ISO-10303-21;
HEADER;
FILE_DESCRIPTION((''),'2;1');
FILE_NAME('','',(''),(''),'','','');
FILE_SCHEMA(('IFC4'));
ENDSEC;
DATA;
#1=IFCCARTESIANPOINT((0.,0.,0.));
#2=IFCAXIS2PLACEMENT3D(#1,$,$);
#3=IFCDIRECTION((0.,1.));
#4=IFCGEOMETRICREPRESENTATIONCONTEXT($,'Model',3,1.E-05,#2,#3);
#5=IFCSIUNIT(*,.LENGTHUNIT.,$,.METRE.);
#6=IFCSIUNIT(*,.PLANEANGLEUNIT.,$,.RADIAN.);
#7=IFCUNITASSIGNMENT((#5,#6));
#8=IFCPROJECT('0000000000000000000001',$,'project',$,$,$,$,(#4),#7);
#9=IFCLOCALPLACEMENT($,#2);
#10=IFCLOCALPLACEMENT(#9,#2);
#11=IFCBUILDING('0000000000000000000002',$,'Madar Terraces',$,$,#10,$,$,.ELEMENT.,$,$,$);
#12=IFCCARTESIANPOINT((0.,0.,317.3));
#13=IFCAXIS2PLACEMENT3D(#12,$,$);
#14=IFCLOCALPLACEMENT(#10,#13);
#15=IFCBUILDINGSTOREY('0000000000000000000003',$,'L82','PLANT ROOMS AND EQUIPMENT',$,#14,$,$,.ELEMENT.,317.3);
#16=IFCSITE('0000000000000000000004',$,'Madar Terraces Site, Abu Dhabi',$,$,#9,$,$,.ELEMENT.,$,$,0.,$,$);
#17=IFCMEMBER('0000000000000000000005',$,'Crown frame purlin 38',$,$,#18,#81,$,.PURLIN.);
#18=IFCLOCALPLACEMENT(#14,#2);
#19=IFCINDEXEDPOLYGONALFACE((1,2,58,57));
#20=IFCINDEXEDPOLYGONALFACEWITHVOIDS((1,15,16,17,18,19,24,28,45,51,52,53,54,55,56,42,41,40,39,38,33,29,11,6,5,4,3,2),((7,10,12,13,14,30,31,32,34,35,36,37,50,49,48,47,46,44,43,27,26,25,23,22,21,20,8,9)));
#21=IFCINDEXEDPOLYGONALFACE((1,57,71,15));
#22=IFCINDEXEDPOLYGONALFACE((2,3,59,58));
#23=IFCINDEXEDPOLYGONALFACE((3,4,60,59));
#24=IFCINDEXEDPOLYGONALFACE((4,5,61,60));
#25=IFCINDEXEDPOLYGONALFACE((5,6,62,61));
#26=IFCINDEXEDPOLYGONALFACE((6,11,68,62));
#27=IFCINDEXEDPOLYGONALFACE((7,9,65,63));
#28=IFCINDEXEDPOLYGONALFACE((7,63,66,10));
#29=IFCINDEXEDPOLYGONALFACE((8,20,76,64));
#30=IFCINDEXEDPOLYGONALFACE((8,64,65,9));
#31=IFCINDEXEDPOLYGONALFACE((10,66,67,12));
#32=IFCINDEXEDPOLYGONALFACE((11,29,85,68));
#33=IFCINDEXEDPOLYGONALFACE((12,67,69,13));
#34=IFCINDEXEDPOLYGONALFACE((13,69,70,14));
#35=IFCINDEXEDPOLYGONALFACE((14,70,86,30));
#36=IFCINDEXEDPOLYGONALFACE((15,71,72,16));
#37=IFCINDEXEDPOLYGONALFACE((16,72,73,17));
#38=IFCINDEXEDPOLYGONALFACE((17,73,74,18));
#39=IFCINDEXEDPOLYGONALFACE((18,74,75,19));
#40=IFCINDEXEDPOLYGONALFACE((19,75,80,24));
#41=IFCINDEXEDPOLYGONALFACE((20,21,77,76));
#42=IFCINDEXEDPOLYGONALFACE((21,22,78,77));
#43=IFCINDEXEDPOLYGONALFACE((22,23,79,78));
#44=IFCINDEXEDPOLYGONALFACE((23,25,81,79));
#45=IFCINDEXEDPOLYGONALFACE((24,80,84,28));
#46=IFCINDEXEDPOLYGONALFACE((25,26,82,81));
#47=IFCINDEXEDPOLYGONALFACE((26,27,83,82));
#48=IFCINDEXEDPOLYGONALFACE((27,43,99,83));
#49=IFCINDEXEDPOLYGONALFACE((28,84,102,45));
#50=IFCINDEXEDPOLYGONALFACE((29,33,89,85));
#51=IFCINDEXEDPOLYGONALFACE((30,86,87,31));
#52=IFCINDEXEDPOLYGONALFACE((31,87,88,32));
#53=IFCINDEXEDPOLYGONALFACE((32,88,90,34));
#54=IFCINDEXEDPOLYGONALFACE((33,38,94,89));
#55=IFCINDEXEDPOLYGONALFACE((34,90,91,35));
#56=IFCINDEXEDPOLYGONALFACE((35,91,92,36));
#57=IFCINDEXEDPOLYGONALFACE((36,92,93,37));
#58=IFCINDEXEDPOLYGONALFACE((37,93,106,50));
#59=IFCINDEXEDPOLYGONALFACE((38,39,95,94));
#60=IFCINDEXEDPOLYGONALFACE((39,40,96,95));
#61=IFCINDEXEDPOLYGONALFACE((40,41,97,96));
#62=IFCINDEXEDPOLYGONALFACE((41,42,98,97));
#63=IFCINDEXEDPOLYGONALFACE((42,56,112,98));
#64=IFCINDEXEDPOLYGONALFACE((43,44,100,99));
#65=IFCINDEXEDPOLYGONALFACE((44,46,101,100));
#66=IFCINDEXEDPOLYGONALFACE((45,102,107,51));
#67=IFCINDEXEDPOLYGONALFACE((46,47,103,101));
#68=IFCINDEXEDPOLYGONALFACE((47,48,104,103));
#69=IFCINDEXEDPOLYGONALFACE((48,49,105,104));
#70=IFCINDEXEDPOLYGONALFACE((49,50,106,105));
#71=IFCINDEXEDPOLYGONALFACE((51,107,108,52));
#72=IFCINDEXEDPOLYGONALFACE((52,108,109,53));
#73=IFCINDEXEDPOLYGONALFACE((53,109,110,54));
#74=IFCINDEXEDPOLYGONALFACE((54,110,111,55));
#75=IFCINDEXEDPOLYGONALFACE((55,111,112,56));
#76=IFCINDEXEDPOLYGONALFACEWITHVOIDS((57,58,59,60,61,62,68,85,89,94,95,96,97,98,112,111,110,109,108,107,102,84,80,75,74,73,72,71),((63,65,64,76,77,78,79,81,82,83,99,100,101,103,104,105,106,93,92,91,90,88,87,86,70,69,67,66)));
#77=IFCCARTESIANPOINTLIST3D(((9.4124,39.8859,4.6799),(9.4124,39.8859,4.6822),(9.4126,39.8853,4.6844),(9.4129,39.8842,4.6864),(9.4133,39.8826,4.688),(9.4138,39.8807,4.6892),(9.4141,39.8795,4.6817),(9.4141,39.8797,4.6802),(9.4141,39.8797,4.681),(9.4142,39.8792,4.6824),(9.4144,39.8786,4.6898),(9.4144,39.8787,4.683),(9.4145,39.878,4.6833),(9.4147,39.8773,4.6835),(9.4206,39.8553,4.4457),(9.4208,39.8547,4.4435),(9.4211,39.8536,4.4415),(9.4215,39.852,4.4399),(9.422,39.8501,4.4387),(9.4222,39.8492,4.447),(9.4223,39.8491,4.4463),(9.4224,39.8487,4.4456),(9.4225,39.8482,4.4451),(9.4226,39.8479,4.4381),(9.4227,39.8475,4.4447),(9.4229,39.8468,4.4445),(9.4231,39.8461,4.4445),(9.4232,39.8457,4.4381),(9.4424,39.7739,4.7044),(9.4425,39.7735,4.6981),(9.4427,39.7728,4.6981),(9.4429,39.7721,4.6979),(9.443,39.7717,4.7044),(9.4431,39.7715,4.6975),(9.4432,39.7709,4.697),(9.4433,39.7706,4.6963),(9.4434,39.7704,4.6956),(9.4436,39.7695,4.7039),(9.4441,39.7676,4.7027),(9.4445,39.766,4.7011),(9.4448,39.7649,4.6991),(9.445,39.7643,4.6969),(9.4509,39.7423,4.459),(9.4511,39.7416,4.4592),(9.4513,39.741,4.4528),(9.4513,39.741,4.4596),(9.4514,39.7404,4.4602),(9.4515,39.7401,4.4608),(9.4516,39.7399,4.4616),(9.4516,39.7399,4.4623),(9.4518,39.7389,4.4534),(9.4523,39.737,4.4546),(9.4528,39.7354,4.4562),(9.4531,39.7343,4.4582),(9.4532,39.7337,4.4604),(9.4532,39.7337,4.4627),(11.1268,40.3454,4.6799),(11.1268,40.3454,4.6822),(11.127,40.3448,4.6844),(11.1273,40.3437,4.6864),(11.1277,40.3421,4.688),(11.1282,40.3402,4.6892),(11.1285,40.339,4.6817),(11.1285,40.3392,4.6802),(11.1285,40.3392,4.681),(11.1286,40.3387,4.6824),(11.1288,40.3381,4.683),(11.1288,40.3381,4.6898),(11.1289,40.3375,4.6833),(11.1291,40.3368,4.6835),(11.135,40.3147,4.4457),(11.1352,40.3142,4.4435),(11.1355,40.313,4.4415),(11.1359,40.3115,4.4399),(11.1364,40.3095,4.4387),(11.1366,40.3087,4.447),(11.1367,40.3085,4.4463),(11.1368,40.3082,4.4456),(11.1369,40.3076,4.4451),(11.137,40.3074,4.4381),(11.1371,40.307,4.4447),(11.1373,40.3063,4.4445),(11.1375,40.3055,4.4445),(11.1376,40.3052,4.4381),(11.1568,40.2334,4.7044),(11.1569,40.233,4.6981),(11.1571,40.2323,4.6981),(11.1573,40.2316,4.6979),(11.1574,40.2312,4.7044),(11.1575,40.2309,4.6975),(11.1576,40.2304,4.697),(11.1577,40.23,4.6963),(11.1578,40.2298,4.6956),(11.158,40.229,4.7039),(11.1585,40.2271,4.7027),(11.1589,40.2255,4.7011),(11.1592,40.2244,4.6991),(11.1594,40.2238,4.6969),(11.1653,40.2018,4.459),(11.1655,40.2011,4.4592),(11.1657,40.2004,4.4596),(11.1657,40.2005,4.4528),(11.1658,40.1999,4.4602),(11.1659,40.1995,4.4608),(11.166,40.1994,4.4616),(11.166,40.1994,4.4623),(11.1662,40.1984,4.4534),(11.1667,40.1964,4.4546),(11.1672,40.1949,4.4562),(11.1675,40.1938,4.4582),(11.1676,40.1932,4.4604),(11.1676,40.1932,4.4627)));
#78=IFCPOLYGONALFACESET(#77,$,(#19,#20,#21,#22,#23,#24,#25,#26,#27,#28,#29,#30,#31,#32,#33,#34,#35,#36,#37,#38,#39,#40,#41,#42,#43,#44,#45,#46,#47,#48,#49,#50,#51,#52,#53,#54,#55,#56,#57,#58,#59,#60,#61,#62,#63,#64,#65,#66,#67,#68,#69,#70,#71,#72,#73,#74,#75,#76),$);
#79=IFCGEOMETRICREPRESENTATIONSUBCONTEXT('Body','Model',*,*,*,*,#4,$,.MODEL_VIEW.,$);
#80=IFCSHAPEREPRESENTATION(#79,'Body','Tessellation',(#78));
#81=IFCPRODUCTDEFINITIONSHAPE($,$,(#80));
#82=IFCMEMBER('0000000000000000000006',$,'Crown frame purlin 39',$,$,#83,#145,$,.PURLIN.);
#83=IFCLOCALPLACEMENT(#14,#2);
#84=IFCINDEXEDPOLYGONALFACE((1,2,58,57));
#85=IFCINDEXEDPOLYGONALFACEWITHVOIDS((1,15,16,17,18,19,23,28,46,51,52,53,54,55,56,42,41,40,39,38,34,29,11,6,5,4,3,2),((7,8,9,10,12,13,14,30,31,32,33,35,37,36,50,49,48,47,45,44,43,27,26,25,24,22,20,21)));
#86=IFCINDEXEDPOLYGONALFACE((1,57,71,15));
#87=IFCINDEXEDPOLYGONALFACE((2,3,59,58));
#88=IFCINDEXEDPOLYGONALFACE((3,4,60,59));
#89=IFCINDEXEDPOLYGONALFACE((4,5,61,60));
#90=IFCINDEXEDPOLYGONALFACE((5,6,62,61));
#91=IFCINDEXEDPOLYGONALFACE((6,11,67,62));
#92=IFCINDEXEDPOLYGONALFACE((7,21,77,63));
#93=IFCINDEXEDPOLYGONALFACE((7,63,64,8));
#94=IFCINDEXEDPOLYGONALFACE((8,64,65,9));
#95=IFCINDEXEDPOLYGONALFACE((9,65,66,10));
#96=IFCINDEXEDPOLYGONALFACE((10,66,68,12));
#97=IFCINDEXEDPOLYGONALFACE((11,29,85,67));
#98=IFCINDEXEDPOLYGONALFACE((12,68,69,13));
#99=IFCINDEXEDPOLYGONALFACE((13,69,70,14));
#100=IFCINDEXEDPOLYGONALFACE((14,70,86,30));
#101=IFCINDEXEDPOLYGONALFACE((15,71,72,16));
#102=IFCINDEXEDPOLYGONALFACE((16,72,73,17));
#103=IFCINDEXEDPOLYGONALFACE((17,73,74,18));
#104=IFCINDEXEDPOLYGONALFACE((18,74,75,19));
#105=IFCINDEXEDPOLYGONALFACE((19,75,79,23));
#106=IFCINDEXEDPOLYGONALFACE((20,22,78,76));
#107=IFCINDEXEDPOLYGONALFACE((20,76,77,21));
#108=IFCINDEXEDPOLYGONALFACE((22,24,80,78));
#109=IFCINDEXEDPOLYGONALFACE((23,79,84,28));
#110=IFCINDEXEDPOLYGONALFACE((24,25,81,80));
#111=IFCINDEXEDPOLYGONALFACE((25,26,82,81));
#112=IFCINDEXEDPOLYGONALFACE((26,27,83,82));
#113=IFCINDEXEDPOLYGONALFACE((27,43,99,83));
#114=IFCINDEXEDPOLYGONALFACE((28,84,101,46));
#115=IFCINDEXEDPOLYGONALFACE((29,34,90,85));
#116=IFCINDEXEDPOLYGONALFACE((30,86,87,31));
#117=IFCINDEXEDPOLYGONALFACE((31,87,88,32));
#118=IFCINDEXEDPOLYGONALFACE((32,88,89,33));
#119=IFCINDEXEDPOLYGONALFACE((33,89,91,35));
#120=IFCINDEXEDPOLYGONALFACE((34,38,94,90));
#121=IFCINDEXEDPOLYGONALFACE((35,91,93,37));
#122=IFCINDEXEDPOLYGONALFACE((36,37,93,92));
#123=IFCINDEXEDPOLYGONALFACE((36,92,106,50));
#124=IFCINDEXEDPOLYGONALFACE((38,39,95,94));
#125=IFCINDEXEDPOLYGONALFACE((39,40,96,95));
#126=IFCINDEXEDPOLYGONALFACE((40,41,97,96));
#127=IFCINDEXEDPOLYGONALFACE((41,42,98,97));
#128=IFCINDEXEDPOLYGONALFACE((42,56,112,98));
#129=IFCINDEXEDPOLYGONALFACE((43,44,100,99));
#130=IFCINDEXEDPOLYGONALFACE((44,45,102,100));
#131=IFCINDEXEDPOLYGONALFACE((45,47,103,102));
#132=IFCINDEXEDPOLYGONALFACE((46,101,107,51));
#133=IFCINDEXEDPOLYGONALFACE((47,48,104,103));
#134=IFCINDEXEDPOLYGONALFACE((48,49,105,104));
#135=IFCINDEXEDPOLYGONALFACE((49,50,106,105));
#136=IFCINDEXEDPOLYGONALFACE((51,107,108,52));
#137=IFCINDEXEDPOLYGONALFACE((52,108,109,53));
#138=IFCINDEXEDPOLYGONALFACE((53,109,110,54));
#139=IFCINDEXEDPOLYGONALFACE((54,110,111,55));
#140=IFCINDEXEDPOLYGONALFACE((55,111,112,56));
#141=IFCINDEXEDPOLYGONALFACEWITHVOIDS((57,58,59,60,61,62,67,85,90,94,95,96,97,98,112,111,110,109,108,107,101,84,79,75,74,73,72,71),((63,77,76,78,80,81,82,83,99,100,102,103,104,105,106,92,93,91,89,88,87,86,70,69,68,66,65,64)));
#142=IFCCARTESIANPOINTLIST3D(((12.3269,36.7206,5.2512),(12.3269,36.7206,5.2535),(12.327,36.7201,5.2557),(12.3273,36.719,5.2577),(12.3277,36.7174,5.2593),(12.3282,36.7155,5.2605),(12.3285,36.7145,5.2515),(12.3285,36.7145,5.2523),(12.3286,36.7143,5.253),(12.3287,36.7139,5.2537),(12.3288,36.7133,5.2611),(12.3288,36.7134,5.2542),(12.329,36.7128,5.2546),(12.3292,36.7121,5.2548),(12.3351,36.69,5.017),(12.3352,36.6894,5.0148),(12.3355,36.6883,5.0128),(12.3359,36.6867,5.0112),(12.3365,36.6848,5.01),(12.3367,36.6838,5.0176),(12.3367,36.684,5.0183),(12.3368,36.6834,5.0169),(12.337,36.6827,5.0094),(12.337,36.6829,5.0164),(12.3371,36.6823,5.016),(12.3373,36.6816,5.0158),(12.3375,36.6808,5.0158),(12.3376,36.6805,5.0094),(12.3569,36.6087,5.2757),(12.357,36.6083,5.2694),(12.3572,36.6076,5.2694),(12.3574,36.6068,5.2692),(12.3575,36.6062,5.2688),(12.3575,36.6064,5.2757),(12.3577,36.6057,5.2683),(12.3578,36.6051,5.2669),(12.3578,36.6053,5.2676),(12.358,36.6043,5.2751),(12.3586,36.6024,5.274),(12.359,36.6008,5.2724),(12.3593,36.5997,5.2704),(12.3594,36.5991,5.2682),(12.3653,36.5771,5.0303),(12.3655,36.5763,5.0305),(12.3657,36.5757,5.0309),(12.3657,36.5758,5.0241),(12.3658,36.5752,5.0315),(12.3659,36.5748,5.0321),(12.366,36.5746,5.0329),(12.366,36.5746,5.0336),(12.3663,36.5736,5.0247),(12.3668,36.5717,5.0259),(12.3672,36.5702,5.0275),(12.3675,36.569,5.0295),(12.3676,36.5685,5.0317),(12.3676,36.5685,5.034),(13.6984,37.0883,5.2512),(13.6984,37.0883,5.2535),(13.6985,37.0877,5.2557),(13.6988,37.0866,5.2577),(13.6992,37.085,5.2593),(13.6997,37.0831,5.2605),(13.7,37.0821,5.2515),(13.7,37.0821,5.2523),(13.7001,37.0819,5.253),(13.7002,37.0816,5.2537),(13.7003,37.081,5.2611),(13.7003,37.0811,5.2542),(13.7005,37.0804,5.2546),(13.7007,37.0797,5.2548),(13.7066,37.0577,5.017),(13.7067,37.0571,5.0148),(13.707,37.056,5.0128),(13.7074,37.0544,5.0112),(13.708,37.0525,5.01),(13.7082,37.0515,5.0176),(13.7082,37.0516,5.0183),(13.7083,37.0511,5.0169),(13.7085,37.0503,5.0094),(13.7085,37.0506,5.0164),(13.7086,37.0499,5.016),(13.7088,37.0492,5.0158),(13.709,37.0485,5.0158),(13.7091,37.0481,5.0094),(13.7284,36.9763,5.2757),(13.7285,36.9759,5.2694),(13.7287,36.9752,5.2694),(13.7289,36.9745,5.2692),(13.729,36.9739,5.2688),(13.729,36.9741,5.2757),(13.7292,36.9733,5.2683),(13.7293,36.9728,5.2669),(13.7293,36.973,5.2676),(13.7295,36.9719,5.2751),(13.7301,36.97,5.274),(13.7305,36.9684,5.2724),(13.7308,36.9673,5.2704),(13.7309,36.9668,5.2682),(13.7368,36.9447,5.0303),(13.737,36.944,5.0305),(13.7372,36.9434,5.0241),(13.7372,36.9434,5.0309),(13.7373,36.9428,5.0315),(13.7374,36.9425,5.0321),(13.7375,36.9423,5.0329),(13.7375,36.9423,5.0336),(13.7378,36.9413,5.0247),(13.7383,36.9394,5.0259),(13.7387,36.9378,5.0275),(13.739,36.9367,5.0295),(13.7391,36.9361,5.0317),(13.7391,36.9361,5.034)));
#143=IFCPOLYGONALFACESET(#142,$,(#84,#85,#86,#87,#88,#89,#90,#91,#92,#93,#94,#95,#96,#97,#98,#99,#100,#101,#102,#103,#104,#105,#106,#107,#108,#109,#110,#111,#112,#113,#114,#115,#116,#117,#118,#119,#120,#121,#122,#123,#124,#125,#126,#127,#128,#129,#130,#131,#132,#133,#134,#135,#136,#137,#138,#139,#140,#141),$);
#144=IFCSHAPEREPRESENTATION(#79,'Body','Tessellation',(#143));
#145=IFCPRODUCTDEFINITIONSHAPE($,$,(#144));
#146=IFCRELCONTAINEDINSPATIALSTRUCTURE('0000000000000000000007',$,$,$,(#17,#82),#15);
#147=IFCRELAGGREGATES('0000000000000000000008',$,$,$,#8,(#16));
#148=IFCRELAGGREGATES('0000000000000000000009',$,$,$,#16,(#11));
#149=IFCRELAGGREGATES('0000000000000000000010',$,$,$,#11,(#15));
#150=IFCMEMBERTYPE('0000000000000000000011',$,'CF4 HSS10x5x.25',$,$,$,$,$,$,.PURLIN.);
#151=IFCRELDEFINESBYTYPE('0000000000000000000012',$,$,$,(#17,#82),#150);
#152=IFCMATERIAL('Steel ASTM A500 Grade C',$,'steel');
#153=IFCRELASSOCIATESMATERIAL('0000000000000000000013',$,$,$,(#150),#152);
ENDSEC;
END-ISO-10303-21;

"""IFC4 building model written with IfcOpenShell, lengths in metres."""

from ifc_helpers import new_model, si_unit, direction, frame, origin, origin_2d, place, context, subcontext, project, spatial, hollow_rectangle, extrude, material, material_profile, profile_set, type_object, element, save


model = new_model("IFC4")

# Units and contexts
model_context = context("Model", 3, precision=1e-05, world=origin(), true_north=direction((0.0, 1.0)))
body_context = subcontext(model_context, "Body", "Model", "MODEL_VIEW")
ifc_project = project(units=[si_unit("LENGTHUNIT", "METRE"), si_unit("PLANEANGLEUNIT", "RADIAN")], contexts=[model_context])

# Site, building, storey
site_placement = place(None, origin())
site = spatial("IfcSite", under=ifc_project, at=site_placement, Name="Madar Terraces Site, Abu Dhabi", CompositionType="ELEMENT", RefElevation=0.0)
building_placement = place(site_placement, origin())
building = spatial("IfcBuilding", under=site, at=building_placement, Name="Madar Terraces", CompositionType="ELEMENT")
storey_placement = place(building_placement, frame((0.0, 0.0, 317.3)))
storey = spatial("IfcBuildingStorey", under=building, at=storey_placement, Name="L82", Description="PLANT ROOMS AND EQUIPMENT", CompositionType="ELEMENT", Elevation=317.3)

# Members
ifc_material_1 = material(Name="Steel ASTM A500 Grade C", Category="steel")
ifc_material_profile_1 = material_profile(ifc_material_1, hollow_rectangle(XDim=0.127, YDim=0.2539, WallThickness=0.0063, InnerFilletRadius=0.0029, OuterFilletRadius=0.0088, at=origin_2d()), Name="HSS10x5x.25")
ifc_profile_set_1 = profile_set([ifc_material_profile_1], Name="Steel ASTM A500 Grade C")
member_type_1 = type_object("IfcMemberType", Name="CF4 HSS10x5x.25", PredefinedType="PURLIN", material=ifc_profile_set_1)
member_1_placement = place(storey_placement, frame((11.1472, 40.2693, 4.5713), z_axis=(-0.96591, -0.258878, 0.0), x_axis=(0.25654, -0.957187, 0.134086)))
element("IfcMember", 1, at=member_1_placement, inside=storey, type_object=member_type_1, Name="Crown frame purlin 38", PredefinedType="PURLIN", context=body_context, shape_type="SweptSolid", body=[
    extrude(hollow_rectangle(XDim=0.127, YDim=0.2539, WallThickness=0.0063, InnerFilletRadius=0.0029, OuterFilletRadius=0.0088, at=origin_2d()), origin(), (0.0, 0.0, 1.0), 1.7749),
])
member_2_placement = place(storey_placement, frame((13.7188, 37.0122, 5.1426), z_axis=(-0.965897, -0.258925, 0.0), x_axis=(0.256587, -0.957175, 0.134086)))
element("IfcMember", 2, at=member_2_placement, inside=storey, type_object=member_type_1, Name="Crown frame purlin 39", PredefinedType="PURLIN", context=body_context, shape_type="SweptSolid", body=[
    extrude(hollow_rectangle(XDim=0.127, YDim=0.2539, WallThickness=0.0063, InnerFilletRadius=0.0029, OuterFilletRadius=0.0088, at=origin_2d()), origin(), (0.0, 0.0, 1.0), 1.4199),
])

save(model, "model.ifc")
